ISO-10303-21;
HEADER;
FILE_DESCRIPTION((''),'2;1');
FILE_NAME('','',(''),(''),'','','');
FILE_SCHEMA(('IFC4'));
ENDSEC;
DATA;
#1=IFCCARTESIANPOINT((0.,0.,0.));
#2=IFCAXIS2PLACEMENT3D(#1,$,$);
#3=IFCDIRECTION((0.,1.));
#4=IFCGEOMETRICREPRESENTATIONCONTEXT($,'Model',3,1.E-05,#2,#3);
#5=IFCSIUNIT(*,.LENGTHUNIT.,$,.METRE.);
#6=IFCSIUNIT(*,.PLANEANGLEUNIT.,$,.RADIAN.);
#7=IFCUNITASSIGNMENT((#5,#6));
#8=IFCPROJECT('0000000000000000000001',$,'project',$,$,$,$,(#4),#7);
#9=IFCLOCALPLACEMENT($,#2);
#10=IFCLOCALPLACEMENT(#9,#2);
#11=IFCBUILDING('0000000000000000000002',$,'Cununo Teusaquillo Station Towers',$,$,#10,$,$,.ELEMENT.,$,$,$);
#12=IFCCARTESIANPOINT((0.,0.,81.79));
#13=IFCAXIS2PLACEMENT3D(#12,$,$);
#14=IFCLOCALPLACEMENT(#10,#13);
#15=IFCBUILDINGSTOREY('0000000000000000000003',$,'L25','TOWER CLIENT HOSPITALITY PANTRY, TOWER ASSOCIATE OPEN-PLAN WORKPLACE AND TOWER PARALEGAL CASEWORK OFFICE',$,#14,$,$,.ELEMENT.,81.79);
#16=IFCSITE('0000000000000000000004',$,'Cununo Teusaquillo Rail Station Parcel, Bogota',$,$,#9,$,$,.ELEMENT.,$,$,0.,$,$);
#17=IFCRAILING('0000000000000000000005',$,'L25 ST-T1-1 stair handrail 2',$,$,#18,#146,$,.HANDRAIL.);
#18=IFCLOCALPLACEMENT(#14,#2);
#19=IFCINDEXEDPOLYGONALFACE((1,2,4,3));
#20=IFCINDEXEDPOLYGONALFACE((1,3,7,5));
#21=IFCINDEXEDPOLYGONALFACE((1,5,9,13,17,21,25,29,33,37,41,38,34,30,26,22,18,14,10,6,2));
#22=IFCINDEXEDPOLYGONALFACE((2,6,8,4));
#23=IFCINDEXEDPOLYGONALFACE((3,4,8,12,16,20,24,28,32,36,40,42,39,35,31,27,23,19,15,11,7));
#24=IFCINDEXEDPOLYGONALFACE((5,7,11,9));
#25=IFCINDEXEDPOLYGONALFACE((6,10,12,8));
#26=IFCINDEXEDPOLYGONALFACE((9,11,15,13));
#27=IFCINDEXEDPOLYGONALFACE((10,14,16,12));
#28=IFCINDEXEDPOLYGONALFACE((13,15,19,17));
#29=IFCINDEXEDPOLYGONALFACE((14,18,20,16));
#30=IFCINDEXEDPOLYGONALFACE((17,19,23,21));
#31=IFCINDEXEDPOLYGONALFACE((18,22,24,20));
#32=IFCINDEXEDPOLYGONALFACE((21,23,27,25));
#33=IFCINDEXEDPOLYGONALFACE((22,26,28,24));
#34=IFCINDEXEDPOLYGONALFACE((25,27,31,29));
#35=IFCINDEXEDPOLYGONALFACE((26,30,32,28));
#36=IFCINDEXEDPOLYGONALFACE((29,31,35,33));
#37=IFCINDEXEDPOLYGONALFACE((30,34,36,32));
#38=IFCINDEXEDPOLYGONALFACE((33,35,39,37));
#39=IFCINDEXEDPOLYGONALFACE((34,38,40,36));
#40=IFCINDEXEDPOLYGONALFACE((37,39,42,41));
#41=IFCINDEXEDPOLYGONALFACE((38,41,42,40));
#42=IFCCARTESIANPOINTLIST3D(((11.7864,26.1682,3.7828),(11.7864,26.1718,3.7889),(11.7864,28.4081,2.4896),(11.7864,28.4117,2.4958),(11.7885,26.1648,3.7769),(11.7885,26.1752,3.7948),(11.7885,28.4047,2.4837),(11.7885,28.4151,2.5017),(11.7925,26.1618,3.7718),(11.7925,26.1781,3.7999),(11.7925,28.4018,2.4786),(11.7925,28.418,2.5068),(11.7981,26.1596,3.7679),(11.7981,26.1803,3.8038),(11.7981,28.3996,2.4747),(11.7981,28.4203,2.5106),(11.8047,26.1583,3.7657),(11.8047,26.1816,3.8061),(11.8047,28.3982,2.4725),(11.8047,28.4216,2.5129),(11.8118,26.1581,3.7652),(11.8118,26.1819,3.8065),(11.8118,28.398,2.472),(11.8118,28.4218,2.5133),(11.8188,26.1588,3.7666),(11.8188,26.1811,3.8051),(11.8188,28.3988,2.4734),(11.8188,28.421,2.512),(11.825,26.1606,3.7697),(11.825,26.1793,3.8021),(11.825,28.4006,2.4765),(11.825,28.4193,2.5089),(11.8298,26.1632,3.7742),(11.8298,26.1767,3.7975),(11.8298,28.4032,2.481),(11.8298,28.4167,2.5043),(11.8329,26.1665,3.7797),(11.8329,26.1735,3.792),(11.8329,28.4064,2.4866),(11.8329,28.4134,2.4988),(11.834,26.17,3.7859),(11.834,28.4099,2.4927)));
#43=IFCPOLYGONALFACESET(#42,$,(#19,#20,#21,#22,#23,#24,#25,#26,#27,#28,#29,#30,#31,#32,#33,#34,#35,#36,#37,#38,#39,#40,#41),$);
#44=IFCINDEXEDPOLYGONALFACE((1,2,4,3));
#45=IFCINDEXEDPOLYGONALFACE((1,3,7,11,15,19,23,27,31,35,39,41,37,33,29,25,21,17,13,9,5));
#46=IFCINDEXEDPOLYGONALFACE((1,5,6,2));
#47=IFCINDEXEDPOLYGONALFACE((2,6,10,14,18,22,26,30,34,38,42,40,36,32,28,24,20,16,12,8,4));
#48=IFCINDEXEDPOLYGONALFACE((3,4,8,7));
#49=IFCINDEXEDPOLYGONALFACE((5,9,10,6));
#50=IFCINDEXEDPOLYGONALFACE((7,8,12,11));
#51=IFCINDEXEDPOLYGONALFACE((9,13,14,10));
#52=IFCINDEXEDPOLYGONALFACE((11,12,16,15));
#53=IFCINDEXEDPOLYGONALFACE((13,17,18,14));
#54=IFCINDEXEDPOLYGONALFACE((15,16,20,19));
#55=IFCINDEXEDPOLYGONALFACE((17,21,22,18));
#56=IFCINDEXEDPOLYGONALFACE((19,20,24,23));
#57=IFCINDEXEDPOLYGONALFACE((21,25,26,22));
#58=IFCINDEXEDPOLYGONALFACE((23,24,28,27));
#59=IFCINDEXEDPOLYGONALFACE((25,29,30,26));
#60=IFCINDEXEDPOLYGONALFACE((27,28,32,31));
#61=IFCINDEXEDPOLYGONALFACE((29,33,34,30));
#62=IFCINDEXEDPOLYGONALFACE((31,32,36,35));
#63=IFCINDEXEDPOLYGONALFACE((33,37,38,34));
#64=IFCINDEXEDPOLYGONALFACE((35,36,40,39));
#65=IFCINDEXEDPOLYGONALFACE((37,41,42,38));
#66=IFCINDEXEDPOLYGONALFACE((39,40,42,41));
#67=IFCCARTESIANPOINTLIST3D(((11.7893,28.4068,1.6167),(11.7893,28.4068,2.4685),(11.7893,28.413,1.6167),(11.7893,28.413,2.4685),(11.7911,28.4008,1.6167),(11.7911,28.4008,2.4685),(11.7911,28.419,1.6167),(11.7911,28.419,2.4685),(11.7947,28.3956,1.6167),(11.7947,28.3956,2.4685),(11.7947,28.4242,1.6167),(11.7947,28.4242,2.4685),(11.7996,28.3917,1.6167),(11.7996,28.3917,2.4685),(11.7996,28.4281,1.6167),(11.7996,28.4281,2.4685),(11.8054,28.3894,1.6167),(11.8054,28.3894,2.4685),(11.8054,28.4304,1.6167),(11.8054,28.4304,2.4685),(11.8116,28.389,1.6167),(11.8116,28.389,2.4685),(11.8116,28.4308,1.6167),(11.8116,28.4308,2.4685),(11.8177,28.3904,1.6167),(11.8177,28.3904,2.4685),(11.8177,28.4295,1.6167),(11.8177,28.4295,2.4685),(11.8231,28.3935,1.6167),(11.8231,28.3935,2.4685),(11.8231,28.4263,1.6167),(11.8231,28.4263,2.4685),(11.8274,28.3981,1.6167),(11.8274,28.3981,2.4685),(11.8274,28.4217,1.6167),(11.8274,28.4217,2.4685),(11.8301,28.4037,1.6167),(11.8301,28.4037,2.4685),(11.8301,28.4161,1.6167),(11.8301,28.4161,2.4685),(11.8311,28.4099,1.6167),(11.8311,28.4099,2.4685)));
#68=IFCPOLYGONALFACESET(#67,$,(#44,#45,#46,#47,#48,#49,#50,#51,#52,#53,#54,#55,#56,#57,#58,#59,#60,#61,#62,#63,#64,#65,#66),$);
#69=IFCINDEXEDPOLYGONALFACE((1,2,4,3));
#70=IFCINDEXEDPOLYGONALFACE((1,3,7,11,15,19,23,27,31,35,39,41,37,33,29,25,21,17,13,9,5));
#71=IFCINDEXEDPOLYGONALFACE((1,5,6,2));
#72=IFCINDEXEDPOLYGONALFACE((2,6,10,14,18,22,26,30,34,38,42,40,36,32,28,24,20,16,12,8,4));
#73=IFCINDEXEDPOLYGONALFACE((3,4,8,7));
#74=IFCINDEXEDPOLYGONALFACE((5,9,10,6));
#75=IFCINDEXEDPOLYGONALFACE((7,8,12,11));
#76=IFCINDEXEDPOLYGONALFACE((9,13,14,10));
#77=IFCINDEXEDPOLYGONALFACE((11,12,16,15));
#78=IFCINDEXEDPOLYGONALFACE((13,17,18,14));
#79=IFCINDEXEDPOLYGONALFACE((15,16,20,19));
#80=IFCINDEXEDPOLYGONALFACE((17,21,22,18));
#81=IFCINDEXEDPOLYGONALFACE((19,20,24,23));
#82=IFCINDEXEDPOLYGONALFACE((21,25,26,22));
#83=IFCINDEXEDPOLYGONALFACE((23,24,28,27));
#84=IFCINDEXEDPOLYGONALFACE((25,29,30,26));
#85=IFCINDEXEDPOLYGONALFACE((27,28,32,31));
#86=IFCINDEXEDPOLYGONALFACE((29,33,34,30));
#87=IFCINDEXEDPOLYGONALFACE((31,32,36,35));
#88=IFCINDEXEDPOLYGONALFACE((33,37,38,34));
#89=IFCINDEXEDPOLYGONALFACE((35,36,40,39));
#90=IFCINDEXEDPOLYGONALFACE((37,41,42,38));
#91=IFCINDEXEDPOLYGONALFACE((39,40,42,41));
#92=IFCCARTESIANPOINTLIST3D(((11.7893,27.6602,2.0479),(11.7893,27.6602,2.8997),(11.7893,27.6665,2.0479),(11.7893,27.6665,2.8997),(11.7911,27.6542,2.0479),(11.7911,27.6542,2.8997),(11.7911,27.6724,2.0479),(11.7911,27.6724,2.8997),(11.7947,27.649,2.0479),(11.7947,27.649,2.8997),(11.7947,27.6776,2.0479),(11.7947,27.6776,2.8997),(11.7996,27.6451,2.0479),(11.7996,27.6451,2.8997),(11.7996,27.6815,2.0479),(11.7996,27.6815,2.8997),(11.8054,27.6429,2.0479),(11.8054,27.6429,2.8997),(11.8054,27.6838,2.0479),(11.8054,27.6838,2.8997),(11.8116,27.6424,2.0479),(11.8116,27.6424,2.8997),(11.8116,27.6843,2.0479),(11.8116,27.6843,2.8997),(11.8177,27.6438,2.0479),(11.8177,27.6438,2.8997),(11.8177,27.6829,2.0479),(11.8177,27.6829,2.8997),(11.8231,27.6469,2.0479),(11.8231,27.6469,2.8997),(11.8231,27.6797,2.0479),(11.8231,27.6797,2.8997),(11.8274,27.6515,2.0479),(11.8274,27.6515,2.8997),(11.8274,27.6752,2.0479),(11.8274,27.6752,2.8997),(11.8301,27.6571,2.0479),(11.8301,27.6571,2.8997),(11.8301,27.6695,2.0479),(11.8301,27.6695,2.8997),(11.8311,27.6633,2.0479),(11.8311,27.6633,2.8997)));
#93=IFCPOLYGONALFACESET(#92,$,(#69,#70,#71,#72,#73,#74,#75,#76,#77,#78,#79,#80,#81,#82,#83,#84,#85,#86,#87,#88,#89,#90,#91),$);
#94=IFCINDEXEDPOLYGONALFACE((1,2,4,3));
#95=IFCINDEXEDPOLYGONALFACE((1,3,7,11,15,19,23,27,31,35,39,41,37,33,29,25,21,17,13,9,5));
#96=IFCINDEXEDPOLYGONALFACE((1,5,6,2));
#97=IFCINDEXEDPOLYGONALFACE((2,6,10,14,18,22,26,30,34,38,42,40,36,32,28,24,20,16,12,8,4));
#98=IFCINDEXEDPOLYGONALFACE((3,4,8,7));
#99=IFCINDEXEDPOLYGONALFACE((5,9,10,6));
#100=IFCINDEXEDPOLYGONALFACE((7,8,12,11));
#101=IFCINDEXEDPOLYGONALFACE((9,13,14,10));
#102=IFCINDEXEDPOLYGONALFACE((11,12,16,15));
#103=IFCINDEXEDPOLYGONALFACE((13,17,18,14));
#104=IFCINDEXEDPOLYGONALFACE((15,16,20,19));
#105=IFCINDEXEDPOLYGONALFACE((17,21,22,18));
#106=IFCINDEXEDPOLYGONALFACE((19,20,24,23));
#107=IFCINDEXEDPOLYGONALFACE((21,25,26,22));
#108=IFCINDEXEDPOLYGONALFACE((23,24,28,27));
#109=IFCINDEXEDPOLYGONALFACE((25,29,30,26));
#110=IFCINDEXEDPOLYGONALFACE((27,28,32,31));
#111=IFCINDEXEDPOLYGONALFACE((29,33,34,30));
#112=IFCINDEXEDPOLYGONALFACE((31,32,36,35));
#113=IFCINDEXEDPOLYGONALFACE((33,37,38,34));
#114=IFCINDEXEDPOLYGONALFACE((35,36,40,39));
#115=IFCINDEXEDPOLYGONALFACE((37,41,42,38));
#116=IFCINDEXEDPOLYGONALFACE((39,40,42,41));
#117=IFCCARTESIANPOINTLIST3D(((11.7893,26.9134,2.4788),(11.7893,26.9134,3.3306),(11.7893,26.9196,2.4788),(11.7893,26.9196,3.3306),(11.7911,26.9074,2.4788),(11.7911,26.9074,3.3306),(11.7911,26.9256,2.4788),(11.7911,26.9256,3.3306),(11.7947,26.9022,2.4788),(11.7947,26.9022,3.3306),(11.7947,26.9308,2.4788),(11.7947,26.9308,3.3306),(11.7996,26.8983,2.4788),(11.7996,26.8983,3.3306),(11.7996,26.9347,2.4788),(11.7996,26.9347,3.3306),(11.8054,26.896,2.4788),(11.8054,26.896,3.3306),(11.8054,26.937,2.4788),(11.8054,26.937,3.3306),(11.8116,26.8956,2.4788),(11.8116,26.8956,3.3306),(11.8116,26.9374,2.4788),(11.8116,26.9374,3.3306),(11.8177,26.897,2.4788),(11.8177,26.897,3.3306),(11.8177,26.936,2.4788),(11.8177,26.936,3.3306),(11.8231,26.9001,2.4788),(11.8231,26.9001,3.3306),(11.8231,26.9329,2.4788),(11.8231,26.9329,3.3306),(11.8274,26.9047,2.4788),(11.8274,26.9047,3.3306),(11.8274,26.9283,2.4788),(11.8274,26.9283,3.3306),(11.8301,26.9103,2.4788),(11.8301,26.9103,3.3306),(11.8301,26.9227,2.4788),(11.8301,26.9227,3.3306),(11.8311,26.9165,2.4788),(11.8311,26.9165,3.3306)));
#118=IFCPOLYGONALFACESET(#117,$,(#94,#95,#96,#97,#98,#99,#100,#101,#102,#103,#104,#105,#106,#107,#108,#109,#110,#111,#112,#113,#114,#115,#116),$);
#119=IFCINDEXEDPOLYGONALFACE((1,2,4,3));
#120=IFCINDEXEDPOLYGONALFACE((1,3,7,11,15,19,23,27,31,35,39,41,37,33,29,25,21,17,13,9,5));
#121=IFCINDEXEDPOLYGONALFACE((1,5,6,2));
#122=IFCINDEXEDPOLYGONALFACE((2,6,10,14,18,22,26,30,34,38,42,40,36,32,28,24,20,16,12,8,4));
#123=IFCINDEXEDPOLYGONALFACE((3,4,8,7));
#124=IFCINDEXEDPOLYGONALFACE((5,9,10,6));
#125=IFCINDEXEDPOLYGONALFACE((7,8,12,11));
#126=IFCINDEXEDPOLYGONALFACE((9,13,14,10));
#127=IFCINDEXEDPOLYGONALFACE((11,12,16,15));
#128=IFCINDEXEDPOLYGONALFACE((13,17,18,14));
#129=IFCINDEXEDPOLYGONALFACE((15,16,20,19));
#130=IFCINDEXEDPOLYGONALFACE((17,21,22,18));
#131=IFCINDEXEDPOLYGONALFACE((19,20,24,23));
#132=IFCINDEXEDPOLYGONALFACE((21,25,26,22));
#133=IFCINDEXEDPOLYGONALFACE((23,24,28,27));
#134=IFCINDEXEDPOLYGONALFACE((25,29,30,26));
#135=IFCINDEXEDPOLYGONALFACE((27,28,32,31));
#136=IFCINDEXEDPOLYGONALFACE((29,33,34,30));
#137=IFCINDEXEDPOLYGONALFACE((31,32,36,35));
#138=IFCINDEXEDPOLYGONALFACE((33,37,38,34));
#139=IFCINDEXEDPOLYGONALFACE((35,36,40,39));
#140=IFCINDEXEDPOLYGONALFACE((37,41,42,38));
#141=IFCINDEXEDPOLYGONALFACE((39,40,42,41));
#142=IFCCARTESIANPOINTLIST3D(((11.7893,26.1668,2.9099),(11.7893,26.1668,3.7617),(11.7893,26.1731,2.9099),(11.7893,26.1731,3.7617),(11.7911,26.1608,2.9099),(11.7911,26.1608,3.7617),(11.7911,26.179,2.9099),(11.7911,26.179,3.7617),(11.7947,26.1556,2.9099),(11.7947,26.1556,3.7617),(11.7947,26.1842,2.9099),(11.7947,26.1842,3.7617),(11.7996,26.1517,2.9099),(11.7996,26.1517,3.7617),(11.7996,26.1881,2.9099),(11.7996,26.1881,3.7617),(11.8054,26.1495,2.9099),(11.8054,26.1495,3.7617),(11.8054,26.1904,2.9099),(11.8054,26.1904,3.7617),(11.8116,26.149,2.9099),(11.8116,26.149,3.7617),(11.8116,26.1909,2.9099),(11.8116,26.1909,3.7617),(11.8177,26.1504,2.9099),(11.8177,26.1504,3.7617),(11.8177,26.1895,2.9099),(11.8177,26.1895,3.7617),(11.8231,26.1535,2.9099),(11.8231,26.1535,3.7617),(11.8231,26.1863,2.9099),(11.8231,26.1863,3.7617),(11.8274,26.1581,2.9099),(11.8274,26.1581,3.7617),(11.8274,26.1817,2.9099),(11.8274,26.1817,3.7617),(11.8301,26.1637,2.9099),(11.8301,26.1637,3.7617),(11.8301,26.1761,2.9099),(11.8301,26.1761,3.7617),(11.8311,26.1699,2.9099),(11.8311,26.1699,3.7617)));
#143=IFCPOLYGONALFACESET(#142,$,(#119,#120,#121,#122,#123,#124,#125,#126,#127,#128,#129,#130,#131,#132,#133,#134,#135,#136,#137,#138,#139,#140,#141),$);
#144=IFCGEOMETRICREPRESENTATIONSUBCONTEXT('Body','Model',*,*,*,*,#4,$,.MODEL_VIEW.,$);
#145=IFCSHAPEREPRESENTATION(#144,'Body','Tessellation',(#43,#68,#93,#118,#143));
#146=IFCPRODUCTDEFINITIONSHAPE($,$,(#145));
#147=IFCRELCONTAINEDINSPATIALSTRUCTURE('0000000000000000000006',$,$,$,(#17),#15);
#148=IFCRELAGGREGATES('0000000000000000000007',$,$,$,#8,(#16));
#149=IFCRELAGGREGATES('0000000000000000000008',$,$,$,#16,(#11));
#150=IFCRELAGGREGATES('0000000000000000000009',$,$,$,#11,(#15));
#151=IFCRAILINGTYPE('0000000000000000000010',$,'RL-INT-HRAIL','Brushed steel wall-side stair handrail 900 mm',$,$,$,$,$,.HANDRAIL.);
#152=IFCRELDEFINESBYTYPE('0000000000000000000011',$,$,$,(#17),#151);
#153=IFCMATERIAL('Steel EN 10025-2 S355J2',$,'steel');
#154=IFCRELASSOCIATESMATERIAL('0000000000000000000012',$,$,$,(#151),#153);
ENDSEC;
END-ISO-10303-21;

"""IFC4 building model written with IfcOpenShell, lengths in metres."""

from ifc_helpers import new_model, si_unit, direction, frame, origin, origin_2d, place, context, subcontext, project, spatial, circle, extrude, material, type_object, element, save


model = new_model("IFC4")

# Units and contexts
model_context = context("Model", 3, precision=1e-05, world=origin(), true_north=direction((0.0, 1.0)))
body_context = subcontext(model_context, "Body", "Model", "MODEL_VIEW")
ifc_project = project(units=[si_unit("LENGTHUNIT", "METRE"), si_unit("PLANEANGLEUNIT", "RADIAN")], contexts=[model_context])

# Site, building, storey
site_placement = place(None, origin())
site = spatial("IfcSite", under=ifc_project, at=site_placement, Name="Cununo Teusaquillo Rail Station Parcel, Bogota", CompositionType="ELEMENT", RefElevation=0.0)
building_placement = place(site_placement, origin())
building = spatial("IfcBuilding", under=site, at=building_placement, Name="Cununo Teusaquillo Station Towers", CompositionType="ELEMENT")
storey_placement = place(building_placement, frame((0.0, 0.0, 81.79)))
storey = spatial("IfcBuildingStorey", under=building, at=storey_placement, Name="L25", Description="TOWER CLIENT HOSPITALITY PANTRY, TOWER ASSOCIATE OPEN-PLAN WORKPLACE AND TOWER PARALEGAL CASEWORK OFFICE", CompositionType="ELEMENT", Elevation=81.79)

# Railing
ifc_material_1 = material(Name="Steel EN 10025-2 S355J2", Category="steel")
railing_type_1 = type_object("IfcRailingType", Name="RL-INT-HRAIL", Description="Brushed steel wall-side stair handrail 900 mm", PredefinedType="HANDRAIL", material=ifc_material_1)
railing_1_placement = place(storey_placement, frame((11.8101, 28.4099, 1.6167)))
element("IfcRailing", 1, at=railing_1_placement, inside=storey, type_object=railing_type_1, Name="L25 ST-T1-1 stair handrail 2", PredefinedType="HANDRAIL", context=body_context, shape_type="SweptSolid", body=[
    extrude(circle(Radius=0.0239, at=origin_2d()), frame((0.0, 0.0, 0.876), z_axis=(0.0, -0.866033, 0.499987), x_axis=(1.0, 0.0, 0.0)), (0.0, 0.0, 1.0), 2.5864),
    extrude(circle(Radius=0.021, at=origin_2d()), origin(), (0.0, 0.0, 1.0), 0.8518),
    extrude(circle(Radius=0.021, at=origin_2d()), frame((0.0, -0.7466, 0.4312)), (0.0, 0.0, 1.0), 0.8518),
    extrude(circle(Radius=0.021, at=origin_2d()), frame((0.0, -1.4934, 0.8621)), (0.0, 0.0, 1.0), 0.8518),
    extrude(circle(Radius=0.021, at=origin_2d()), frame((0.0, -2.24, 1.2932)), (0.0, 0.0, 1.0), 0.8518),
])

save(model, "model.ifc")
